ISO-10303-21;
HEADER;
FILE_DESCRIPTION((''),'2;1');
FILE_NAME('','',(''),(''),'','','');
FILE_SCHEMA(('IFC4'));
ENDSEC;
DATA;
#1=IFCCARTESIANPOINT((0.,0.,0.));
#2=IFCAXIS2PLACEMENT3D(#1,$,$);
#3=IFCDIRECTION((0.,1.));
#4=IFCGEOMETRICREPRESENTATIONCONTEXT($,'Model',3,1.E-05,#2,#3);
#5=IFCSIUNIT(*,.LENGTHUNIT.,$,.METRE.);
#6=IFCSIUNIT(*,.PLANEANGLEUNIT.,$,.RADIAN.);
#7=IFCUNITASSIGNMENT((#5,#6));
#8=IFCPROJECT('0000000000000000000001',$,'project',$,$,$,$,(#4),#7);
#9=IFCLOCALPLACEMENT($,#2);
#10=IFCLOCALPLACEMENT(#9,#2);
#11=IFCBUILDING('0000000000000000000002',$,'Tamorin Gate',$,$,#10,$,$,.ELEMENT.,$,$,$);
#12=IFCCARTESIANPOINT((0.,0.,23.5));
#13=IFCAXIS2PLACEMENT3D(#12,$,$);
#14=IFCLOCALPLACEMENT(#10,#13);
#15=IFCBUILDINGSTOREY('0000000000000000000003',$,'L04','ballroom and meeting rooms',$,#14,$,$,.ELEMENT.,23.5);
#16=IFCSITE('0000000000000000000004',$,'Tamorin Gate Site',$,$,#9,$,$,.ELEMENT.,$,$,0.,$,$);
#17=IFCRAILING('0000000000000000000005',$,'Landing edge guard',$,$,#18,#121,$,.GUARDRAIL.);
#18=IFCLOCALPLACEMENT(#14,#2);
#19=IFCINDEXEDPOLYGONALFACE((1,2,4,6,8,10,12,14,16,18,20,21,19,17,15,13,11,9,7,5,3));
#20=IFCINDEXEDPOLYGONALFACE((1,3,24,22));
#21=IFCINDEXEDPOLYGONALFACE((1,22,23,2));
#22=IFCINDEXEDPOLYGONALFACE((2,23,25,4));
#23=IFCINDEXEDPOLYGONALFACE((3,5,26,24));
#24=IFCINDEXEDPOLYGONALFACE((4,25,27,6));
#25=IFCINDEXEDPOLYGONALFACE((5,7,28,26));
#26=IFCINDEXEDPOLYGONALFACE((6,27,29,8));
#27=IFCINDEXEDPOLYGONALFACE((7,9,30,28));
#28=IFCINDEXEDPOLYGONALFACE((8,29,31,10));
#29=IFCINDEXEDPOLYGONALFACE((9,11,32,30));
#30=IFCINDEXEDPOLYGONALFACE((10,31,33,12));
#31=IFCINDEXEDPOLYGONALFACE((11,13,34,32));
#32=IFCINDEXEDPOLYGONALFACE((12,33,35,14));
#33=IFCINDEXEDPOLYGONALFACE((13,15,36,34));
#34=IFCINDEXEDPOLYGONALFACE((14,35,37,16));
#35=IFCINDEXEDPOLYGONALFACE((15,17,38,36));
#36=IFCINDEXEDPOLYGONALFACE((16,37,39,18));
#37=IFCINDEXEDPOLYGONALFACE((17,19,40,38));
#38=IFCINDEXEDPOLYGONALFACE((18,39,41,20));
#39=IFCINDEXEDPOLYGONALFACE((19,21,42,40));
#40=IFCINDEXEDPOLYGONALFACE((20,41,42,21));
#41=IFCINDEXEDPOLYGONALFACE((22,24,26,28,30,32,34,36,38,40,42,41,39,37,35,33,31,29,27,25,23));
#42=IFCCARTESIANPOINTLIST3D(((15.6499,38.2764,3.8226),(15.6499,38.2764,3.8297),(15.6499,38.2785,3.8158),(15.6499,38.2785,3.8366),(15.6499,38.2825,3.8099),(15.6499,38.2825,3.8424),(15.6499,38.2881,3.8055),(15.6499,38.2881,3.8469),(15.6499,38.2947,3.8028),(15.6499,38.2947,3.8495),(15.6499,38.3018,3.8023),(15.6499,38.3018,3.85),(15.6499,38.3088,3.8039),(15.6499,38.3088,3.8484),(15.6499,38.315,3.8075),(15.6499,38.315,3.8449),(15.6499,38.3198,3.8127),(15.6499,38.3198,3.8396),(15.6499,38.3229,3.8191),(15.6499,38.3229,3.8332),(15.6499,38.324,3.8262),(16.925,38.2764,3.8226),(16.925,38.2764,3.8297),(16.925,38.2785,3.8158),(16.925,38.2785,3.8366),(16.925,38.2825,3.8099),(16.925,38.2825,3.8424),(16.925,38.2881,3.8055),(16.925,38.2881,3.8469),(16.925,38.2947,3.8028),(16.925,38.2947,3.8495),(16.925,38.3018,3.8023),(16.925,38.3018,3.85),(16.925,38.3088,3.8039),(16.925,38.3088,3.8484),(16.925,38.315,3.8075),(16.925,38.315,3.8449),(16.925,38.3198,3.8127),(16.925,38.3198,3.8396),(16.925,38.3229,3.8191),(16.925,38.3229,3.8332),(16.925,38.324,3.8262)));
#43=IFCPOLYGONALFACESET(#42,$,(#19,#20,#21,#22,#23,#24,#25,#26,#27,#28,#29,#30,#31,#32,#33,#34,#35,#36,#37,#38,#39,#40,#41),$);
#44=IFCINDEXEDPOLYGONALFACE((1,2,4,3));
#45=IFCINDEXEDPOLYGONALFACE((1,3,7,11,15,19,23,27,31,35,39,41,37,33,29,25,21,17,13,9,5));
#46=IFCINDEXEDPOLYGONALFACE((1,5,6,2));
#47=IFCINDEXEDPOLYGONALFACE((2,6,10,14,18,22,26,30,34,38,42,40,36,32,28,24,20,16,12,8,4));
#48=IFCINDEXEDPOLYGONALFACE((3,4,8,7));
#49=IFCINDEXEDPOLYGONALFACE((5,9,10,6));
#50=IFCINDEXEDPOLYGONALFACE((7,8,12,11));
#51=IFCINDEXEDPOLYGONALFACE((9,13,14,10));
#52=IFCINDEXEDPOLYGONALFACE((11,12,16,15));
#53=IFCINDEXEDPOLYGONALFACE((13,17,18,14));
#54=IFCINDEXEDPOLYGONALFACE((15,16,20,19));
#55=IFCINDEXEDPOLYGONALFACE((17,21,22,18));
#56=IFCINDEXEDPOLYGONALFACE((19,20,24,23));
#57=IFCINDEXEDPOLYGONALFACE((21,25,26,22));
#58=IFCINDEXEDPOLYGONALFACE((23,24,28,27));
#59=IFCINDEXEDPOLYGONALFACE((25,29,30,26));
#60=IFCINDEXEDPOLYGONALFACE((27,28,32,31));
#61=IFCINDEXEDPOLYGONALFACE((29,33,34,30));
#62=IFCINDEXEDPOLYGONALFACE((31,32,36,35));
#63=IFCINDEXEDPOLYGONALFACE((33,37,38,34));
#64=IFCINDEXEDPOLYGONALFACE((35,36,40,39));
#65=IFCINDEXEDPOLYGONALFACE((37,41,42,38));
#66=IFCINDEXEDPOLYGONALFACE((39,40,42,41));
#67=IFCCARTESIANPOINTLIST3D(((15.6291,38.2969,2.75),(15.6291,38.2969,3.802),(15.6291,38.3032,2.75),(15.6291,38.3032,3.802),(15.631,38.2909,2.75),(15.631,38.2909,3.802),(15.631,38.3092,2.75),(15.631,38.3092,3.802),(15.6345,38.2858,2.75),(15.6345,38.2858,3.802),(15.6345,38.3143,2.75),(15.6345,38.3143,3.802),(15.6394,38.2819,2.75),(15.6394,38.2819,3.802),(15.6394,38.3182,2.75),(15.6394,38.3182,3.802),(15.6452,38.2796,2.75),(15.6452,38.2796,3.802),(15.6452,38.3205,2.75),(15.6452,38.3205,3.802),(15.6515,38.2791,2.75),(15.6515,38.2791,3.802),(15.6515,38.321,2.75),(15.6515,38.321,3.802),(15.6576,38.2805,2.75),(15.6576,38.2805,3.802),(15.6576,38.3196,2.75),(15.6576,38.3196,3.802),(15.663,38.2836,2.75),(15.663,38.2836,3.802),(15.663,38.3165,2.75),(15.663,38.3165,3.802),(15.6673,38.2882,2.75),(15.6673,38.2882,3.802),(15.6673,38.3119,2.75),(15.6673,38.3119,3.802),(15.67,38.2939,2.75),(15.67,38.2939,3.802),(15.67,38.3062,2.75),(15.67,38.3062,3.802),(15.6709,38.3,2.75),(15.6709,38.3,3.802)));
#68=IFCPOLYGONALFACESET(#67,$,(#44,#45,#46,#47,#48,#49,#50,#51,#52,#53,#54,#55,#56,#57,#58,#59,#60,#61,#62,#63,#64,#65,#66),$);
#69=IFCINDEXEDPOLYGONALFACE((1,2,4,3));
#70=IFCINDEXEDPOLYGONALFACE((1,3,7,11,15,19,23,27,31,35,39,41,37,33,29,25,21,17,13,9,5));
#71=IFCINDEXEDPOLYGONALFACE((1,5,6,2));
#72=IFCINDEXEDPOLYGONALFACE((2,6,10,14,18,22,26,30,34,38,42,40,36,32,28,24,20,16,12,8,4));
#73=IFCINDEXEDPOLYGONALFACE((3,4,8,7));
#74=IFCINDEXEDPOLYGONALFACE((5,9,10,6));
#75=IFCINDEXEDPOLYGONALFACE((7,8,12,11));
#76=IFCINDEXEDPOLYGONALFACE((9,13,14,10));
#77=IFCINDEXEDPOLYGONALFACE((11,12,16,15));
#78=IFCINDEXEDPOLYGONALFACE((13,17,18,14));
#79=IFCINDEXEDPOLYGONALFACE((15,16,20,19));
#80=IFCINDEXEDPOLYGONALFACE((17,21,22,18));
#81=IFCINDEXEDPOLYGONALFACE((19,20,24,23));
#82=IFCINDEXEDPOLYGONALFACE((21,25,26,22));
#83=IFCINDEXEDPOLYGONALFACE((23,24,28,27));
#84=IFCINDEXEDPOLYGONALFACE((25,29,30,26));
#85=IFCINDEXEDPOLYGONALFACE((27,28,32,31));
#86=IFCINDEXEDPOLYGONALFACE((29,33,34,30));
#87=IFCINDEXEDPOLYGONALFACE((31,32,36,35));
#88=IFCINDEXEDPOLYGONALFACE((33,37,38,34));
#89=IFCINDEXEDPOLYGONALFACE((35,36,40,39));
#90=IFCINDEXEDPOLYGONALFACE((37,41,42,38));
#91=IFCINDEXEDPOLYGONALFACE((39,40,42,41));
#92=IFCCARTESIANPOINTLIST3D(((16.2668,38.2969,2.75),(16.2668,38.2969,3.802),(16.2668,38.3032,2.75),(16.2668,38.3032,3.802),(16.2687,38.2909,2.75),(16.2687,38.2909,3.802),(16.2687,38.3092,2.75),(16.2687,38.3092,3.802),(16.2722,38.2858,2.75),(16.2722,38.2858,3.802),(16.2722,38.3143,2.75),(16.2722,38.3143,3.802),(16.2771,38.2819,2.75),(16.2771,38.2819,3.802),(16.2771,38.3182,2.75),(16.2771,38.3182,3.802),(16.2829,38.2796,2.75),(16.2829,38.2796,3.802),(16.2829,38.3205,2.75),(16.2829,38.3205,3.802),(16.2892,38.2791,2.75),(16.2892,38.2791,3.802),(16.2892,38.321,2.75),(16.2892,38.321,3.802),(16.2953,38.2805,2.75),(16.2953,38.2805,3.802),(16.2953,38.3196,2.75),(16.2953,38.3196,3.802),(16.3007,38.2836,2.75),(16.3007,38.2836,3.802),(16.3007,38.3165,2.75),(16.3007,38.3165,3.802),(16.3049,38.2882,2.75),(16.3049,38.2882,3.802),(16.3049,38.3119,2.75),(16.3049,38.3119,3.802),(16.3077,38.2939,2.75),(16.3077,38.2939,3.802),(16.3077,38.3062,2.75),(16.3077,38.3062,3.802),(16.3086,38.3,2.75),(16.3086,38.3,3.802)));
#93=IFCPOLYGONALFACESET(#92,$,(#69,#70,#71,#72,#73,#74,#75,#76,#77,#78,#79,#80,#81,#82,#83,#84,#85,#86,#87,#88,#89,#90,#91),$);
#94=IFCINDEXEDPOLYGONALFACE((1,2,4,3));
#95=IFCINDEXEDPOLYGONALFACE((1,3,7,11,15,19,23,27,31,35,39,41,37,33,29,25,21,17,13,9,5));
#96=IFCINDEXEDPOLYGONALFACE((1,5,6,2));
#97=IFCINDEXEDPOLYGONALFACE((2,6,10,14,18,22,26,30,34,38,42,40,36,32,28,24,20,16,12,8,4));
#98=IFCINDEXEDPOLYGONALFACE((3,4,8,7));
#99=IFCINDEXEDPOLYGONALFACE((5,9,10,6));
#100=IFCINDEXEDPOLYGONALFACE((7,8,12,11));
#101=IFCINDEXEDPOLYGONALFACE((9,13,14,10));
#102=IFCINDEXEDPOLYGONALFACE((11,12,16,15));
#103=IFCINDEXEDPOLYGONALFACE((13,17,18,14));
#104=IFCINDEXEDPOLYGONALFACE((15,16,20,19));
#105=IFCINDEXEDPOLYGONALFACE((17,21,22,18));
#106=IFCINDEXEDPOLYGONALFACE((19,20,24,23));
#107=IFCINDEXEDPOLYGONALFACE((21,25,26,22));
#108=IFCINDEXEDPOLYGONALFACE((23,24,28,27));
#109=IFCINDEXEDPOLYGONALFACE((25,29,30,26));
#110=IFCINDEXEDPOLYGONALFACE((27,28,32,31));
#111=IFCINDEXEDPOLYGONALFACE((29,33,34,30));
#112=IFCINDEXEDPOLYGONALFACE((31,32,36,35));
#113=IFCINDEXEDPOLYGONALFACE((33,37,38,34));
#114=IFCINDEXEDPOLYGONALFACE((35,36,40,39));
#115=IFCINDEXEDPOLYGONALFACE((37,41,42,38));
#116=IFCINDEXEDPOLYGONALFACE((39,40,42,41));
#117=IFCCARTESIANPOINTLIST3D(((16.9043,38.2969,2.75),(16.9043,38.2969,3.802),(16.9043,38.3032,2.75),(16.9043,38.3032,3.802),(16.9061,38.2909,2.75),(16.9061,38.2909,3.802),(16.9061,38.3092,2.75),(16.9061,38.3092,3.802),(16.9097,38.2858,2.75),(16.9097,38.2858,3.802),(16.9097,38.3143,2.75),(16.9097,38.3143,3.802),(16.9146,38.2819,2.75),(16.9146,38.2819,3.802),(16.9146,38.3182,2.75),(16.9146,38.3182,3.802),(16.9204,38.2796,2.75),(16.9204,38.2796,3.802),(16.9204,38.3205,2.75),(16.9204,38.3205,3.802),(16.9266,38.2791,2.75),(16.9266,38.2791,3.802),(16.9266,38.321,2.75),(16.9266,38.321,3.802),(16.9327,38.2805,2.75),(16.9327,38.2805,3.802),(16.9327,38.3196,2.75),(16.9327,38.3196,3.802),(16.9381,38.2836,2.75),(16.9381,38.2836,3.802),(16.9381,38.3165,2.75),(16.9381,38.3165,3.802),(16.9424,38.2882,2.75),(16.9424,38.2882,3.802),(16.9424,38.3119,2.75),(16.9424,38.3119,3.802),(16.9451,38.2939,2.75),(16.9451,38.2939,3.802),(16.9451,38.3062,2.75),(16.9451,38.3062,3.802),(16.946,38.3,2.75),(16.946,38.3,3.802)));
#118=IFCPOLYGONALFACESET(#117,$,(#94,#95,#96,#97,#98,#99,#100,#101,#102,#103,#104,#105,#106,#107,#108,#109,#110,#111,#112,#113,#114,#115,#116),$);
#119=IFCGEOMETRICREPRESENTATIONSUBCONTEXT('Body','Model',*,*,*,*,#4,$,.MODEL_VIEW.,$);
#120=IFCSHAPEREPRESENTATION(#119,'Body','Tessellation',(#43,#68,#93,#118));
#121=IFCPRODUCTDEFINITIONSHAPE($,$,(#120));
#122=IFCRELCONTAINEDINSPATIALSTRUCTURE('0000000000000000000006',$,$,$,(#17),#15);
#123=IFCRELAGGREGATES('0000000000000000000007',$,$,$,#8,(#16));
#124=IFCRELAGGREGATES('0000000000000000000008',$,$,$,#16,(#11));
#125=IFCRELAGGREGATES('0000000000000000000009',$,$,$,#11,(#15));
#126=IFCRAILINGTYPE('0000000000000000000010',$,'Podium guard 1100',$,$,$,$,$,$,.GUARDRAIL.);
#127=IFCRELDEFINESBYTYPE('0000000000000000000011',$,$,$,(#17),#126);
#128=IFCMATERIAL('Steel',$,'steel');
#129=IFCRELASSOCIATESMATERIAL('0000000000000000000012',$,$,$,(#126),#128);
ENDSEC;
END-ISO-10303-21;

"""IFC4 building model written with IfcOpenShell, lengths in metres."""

from ifc_helpers import new_model, si_unit, direction, frame, origin, origin_2d, place, context, subcontext, project, spatial, circle, extrude, material, type_object, element, save


model = new_model("IFC4")

# Units and contexts
model_context = context("Model", 3, precision=1e-05, world=origin(), true_north=direction((0.0, 1.0)))
body_context = subcontext(model_context, "Body", "Model", "MODEL_VIEW")
ifc_project = project(units=[si_unit("LENGTHUNIT", "METRE"), si_unit("PLANEANGLEUNIT", "RADIAN")], contexts=[model_context])

# Site, building, storey
site_placement = place(None, origin())
site = spatial("IfcSite", under=ifc_project, at=site_placement, Name="Tamorin Gate Site", CompositionType="ELEMENT", RefElevation=0.0)
building_placement = place(site_placement, origin())
building = spatial("IfcBuilding", under=site, at=building_placement, Name="Tamorin Gate", CompositionType="ELEMENT")
storey_placement = place(building_placement, frame((0.0, 0.0, 23.5)))
storey = spatial("IfcBuildingStorey", under=building, at=storey_placement, Name="L04", Description="ballroom and meeting rooms", CompositionType="ELEMENT", Elevation=23.5)

# Railing
ifc_material_1 = material(Name="Steel", Category="steel")
railing_type = type_object("IfcRailingType", Name="Podium guard 1100", PredefinedType="GUARDRAIL", material=ifc_material_1)
railing_1_placement = place(storey_placement, frame((15.6499, 38.3, 2.75)))
element("IfcRailing", 1, at=railing_1_placement, inside=storey, type_object=railing_type, Name="Landing edge guard", PredefinedType="GUARDRAIL", context=body_context, shape_type="SweptSolid", body=[
    extrude(circle(Radius=0.0239, at=origin_2d()), frame((0.0, 0.0, 1.0762), z_axis=(1.0, 0.0, 0.0), x_axis=(0.0, 1.0, 0.0)), (0.0, 0.0, 1.0), 1.2751),
    extrude(circle(Radius=0.021, at=origin_2d()), origin(), (0.0, 0.0, 1.0), 1.052),
    extrude(circle(Radius=0.021, at=origin_2d()), frame((0.6377, 0.0, 0.0)), (0.0, 0.0, 1.0), 1.052),
    extrude(circle(Radius=0.021, at=origin_2d()), frame((1.2751, 0.0, 0.0)), (0.0, 0.0, 1.0), 1.052),
])

save(model, "model.ifc")
